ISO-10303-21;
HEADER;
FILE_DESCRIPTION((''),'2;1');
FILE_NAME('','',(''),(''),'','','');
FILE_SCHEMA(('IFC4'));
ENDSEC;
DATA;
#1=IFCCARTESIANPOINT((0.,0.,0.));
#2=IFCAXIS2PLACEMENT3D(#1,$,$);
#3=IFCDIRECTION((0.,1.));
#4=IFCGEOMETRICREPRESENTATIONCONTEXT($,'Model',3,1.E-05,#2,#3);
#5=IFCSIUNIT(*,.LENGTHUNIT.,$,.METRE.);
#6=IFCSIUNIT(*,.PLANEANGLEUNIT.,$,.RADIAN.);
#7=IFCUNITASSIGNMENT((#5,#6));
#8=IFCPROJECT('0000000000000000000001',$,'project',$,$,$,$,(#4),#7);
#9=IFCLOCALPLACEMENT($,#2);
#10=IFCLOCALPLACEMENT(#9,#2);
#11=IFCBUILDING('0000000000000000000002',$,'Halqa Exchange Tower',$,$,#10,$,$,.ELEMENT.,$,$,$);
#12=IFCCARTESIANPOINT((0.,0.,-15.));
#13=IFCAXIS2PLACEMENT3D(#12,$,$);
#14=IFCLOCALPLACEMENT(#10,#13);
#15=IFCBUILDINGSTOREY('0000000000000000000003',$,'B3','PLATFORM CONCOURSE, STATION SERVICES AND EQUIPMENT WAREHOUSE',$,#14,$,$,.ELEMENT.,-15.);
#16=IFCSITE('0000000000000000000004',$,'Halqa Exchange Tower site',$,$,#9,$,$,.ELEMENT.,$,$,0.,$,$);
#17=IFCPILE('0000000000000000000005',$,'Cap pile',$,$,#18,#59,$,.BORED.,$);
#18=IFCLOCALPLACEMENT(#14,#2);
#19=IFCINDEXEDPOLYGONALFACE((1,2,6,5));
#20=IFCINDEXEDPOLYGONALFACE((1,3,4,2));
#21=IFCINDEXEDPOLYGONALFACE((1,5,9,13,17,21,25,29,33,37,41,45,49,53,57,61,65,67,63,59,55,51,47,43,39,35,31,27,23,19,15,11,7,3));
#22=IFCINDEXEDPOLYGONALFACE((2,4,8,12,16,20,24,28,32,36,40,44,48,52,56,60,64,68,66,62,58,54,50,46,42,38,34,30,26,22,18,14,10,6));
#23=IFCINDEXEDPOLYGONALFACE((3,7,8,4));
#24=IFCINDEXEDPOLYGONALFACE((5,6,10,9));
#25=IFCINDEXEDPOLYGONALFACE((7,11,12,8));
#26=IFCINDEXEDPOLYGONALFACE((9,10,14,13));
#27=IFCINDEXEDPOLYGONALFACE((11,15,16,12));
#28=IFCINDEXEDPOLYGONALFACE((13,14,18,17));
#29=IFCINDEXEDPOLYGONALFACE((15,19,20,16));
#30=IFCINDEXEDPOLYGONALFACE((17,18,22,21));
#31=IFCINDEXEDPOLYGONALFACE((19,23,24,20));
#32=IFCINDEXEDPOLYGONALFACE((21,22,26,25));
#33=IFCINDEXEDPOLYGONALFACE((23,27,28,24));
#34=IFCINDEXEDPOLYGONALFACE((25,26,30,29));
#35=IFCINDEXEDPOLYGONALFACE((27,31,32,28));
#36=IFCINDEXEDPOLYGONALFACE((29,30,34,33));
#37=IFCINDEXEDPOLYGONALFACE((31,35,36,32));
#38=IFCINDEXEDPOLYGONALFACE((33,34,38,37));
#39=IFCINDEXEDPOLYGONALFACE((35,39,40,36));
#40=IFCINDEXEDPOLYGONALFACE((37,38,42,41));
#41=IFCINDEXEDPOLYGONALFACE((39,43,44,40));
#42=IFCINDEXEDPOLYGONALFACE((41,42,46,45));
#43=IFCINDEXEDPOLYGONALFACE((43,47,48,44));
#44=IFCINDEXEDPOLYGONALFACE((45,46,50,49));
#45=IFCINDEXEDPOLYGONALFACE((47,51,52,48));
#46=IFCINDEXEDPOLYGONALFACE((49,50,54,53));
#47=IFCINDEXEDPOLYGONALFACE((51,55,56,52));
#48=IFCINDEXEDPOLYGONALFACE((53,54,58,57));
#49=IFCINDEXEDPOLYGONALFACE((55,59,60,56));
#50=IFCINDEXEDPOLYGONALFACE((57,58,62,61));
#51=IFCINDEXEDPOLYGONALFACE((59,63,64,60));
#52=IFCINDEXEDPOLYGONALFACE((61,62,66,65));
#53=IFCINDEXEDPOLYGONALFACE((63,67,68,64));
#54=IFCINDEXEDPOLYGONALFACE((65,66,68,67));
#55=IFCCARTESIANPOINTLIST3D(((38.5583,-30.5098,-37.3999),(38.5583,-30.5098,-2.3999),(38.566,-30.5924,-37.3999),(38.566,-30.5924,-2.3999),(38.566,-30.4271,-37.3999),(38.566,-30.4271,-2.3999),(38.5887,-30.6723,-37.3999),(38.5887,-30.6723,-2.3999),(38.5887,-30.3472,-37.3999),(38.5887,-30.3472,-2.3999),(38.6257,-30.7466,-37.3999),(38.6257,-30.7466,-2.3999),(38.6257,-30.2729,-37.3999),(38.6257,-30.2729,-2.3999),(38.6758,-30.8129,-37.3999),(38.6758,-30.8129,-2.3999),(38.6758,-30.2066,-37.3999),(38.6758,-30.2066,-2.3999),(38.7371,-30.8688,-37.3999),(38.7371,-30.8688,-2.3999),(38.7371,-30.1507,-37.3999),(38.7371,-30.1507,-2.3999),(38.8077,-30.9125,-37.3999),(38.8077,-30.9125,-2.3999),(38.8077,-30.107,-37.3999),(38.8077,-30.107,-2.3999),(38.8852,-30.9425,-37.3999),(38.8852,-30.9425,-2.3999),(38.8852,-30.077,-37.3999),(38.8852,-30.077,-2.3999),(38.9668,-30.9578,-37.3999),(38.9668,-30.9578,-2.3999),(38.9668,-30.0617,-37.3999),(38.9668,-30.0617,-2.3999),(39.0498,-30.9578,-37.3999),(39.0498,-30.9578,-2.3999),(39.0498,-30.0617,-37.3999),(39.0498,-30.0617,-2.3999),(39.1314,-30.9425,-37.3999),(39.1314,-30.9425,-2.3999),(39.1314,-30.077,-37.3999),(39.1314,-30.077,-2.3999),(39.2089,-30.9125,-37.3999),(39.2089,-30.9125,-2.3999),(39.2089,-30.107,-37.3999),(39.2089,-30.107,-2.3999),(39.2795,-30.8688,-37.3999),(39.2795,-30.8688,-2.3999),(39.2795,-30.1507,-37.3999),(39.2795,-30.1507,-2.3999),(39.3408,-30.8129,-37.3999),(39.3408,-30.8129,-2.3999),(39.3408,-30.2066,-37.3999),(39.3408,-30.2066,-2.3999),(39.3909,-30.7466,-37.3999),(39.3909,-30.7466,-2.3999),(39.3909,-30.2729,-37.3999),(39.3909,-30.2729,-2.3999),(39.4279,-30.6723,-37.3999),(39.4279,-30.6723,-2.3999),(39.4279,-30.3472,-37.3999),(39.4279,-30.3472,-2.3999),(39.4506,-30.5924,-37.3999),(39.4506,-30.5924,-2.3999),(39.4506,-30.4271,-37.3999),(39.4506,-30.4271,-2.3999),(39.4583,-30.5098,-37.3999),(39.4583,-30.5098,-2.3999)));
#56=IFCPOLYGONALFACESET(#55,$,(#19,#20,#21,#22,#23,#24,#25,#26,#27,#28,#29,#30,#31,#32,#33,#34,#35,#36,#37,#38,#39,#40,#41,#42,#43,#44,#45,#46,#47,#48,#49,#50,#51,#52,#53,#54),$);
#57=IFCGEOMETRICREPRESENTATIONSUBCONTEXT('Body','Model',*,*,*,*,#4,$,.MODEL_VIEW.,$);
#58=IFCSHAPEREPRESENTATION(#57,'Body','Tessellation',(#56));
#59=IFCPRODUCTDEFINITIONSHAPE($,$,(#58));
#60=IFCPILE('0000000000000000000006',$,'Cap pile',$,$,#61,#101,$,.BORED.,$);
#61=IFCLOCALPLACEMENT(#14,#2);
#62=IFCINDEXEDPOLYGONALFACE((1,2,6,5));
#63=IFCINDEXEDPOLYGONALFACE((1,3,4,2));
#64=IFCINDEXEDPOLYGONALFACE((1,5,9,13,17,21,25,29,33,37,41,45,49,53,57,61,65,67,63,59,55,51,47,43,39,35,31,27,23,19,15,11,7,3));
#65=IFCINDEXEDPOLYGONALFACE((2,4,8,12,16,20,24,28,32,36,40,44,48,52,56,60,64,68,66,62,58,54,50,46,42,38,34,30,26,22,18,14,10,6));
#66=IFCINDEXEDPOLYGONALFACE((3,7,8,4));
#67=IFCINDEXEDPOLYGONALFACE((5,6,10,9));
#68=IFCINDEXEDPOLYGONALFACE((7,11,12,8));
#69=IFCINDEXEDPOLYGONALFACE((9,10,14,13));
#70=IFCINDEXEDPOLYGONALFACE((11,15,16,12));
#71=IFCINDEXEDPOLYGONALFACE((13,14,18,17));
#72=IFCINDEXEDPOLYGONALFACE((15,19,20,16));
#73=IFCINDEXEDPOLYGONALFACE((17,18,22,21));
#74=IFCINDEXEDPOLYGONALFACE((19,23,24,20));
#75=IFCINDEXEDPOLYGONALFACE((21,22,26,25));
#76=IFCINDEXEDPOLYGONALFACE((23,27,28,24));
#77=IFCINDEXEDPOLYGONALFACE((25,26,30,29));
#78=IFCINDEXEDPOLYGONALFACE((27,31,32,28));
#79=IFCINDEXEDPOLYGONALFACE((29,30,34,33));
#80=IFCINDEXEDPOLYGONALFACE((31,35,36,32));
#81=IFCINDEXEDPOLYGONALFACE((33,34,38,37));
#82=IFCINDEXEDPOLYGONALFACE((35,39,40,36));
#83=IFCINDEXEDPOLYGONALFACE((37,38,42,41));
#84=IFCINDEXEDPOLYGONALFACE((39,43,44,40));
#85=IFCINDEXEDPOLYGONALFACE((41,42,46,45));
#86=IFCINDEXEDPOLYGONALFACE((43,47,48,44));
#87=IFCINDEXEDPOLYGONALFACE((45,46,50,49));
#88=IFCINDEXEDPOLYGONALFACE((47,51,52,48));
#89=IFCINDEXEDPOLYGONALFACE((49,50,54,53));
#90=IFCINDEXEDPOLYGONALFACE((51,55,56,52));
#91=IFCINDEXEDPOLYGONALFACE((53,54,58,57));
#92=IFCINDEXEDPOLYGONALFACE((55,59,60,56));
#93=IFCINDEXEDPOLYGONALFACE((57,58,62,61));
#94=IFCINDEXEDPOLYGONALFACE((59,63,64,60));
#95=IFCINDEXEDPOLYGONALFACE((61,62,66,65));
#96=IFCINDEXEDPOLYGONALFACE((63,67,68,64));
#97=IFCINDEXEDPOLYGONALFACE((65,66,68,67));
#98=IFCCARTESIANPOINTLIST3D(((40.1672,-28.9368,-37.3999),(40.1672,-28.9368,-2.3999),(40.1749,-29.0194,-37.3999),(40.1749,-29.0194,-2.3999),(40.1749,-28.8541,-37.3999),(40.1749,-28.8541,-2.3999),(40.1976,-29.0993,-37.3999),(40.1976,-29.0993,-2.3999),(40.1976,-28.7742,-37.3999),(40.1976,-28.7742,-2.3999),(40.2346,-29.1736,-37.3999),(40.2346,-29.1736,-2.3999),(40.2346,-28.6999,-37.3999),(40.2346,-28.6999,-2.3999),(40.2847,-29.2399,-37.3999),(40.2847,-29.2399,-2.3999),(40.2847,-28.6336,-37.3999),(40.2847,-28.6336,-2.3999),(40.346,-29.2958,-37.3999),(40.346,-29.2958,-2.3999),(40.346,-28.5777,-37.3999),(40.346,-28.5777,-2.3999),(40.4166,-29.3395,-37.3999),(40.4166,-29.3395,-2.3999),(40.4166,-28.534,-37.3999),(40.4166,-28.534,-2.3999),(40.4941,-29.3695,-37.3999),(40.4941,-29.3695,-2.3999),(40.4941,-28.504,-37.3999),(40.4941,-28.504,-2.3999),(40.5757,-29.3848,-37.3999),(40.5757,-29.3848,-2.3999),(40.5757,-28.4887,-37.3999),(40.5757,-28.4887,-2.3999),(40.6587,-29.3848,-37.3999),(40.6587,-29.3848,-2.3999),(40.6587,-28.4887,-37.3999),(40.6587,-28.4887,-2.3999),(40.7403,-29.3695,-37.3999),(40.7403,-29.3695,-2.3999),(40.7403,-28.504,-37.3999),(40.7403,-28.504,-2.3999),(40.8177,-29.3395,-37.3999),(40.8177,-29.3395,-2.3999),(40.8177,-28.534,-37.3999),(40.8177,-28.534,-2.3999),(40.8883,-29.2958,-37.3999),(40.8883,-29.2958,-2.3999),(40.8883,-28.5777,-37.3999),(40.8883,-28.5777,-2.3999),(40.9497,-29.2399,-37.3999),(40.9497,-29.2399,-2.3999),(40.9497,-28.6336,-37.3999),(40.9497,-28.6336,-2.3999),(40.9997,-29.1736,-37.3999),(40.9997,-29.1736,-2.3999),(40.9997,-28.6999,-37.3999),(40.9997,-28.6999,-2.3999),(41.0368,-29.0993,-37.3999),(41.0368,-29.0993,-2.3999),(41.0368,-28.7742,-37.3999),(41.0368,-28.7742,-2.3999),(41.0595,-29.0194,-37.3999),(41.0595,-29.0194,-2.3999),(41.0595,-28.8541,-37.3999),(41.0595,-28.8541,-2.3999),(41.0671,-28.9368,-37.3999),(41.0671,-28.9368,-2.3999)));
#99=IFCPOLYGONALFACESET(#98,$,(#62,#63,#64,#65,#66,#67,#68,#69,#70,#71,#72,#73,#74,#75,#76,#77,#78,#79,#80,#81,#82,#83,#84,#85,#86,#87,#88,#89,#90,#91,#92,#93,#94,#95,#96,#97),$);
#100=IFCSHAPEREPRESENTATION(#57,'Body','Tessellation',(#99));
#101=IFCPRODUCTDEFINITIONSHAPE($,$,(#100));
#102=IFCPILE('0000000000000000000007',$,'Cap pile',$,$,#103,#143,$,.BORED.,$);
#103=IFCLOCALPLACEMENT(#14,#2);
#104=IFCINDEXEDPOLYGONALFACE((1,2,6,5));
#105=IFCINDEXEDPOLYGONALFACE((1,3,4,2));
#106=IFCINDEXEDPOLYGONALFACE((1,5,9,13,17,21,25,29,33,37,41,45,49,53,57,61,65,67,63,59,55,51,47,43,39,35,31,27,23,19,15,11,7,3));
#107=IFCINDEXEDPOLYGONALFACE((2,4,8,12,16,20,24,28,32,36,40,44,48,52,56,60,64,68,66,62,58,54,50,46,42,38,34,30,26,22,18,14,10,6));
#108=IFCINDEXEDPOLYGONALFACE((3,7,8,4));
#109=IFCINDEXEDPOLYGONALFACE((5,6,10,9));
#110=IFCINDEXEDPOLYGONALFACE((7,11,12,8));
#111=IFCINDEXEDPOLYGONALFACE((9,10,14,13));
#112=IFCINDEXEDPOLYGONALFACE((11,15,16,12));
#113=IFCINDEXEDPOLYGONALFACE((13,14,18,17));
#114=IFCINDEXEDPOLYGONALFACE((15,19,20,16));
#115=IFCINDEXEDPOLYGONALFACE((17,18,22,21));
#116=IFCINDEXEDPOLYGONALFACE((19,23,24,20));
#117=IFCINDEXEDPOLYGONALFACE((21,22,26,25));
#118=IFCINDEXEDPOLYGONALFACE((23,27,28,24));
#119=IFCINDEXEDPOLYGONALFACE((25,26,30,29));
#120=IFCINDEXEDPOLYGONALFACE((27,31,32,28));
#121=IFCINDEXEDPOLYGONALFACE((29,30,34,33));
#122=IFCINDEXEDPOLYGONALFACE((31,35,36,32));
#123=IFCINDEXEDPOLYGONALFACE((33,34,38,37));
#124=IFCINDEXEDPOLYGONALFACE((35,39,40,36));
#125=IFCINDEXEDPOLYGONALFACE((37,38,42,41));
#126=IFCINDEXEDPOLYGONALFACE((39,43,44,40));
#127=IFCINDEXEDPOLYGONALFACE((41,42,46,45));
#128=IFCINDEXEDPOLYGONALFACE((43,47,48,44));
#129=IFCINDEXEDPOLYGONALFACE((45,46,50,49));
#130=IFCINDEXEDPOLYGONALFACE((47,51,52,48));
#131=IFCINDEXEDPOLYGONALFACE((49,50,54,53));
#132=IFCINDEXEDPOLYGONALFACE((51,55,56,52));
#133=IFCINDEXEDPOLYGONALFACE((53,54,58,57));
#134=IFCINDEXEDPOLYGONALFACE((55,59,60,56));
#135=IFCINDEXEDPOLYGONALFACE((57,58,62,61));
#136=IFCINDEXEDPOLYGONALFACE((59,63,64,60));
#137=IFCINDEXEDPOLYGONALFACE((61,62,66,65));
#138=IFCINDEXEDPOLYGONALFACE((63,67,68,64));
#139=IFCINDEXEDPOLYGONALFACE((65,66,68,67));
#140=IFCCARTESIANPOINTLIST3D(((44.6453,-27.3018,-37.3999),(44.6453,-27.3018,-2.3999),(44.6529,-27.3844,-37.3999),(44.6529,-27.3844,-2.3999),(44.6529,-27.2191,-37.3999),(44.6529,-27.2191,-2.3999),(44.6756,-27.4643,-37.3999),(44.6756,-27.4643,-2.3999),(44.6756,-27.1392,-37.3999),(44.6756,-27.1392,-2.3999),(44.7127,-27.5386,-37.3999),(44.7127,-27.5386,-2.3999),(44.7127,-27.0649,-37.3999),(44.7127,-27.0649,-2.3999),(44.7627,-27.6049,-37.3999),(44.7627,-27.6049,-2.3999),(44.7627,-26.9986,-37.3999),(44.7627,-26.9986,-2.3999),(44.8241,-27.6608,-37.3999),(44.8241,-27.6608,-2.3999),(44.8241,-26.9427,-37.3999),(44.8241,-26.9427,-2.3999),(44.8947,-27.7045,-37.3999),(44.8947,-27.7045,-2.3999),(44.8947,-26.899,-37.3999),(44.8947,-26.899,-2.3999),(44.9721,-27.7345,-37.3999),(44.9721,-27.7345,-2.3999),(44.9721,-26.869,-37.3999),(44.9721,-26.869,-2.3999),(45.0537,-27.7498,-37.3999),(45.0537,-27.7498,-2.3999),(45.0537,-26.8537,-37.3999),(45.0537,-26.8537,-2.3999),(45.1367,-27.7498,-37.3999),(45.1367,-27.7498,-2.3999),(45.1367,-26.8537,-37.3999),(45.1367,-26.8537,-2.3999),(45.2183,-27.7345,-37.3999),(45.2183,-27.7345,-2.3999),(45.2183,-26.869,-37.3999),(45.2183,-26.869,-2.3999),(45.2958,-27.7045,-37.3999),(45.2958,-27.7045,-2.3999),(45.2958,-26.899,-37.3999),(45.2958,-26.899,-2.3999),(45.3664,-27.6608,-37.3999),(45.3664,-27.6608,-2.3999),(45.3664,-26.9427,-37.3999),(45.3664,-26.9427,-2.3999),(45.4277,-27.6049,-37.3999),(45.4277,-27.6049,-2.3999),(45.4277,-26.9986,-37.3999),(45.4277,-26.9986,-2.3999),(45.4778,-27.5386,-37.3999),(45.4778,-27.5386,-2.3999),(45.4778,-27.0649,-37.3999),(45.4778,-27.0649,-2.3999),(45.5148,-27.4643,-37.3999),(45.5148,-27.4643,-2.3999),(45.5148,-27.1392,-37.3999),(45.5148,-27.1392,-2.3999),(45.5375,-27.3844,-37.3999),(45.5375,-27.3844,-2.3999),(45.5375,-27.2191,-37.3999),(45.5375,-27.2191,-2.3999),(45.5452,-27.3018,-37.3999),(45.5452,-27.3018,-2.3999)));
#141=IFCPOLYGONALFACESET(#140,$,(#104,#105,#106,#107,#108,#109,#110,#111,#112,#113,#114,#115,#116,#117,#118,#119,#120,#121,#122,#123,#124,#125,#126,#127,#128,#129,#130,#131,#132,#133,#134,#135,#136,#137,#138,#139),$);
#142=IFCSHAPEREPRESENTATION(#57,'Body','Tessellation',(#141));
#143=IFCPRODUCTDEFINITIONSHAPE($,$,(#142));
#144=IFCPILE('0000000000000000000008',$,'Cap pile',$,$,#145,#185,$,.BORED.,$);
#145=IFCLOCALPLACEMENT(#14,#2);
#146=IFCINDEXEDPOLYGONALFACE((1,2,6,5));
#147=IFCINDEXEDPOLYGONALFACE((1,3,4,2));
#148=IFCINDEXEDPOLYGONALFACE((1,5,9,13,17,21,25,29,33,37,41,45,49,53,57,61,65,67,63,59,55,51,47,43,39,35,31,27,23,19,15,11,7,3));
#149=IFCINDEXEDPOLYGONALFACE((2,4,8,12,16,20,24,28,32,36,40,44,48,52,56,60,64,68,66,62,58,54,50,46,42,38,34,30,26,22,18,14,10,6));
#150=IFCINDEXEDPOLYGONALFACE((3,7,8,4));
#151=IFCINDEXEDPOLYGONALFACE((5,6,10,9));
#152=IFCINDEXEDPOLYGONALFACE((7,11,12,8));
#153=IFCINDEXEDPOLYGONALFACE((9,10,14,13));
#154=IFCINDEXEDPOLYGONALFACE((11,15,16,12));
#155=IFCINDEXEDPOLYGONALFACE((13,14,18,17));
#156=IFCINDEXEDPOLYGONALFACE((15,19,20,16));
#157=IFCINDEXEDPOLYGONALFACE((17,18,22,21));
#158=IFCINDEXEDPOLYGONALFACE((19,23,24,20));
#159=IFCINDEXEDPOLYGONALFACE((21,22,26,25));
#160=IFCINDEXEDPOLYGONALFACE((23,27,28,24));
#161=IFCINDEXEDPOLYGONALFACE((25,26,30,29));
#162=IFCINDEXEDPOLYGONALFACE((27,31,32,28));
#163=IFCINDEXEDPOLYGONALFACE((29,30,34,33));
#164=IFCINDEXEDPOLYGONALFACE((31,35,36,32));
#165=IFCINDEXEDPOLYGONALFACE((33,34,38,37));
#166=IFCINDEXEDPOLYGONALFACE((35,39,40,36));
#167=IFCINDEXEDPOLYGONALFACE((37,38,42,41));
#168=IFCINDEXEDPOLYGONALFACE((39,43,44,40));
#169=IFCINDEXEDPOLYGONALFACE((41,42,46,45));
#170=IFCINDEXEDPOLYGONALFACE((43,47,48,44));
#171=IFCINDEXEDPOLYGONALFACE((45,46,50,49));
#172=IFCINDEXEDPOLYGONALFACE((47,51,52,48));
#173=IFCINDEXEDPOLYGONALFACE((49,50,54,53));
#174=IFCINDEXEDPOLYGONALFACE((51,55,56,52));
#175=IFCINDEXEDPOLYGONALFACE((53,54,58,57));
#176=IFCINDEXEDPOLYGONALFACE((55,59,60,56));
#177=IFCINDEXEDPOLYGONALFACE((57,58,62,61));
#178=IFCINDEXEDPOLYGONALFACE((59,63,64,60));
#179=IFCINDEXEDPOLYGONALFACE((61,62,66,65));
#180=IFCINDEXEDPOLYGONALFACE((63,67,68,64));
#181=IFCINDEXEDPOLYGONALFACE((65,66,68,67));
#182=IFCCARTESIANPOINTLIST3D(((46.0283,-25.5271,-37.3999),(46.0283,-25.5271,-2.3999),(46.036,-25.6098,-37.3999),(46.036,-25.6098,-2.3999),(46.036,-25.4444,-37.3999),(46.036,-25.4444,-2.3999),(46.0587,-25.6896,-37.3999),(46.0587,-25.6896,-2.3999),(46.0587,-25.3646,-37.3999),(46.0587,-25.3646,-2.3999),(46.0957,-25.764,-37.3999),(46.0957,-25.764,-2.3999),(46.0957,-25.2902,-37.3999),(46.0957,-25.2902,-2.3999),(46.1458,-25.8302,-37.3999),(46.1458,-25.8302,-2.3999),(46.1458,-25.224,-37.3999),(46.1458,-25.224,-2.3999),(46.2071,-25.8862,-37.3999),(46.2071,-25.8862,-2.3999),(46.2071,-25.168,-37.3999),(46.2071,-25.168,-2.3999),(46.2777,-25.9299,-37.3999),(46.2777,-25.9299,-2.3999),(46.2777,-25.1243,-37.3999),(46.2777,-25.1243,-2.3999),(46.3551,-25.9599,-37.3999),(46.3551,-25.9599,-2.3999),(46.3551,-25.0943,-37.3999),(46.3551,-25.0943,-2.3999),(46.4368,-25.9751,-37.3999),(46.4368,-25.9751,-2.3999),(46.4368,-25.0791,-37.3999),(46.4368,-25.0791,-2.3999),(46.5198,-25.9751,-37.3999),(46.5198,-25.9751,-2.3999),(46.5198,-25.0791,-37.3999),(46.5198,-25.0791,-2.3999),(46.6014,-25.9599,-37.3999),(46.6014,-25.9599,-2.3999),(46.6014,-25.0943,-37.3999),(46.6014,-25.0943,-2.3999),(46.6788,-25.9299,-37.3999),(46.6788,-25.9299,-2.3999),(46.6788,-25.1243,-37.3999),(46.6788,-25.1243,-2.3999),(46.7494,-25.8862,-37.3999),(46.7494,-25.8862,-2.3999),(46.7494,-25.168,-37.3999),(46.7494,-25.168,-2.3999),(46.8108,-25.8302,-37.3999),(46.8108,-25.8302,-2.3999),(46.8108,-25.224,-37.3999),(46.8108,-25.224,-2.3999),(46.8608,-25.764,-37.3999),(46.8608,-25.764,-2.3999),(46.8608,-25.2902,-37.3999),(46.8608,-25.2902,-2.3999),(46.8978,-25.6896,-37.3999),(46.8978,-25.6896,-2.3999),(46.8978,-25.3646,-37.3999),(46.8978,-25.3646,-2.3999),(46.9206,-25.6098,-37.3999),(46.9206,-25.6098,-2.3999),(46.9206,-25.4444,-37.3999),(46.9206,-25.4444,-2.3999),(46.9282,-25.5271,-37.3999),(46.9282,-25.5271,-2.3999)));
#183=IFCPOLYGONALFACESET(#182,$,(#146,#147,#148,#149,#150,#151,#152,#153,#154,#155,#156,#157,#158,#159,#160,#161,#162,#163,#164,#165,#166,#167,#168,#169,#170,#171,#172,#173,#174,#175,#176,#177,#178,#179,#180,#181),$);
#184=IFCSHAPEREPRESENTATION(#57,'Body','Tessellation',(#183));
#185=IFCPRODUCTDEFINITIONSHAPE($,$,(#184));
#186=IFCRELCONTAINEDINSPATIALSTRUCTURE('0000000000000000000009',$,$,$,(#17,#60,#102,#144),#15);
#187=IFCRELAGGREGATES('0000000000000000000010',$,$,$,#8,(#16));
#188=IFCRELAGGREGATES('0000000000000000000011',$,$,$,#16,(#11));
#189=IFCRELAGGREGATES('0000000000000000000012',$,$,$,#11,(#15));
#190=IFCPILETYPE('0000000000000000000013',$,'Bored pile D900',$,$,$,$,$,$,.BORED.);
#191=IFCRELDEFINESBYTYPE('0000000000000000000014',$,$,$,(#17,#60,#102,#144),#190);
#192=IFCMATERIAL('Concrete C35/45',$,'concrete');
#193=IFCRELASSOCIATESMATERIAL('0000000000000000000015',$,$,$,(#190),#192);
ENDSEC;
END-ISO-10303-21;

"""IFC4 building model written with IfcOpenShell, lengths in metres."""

from ifc_helpers import new_model, si_unit, direction, frame, origin, origin_2d, place, context, subcontext, project, spatial, circle, extrude, material, material_profile, profile_set, type_object, element, save


model = new_model("IFC4")

# Units and contexts
model_context = context("Model", 3, precision=1e-05, world=origin(), true_north=direction((0.0, 1.0)))
body_context = subcontext(model_context, "Body", "Model", "MODEL_VIEW")
ifc_project = project(units=[si_unit("LENGTHUNIT", "METRE"), si_unit("PLANEANGLEUNIT", "RADIAN")], contexts=[model_context])

# Site, building, storey
site_placement = place(None, origin())
site = spatial("IfcSite", under=ifc_project, at=site_placement, Name="Halqa Exchange Tower site", CompositionType="ELEMENT", RefElevation=0.0)
building_placement = place(site_placement, origin())
building = spatial("IfcBuilding", under=site, at=building_placement, Name="Halqa Exchange Tower", CompositionType="ELEMENT")
storey_placement = place(building_placement, frame((0.0, 0.0, -15.0)))
storey = spatial("IfcBuildingStorey", under=building, at=storey_placement, Name="B3", Description="PLATFORM CONCOURSE, STATION SERVICES AND EQUIPMENT WAREHOUSE", CompositionType="ELEMENT", Elevation=-15.0)

# Piles
ifc_material_1 = material(Name="Concrete C35/45", Category="concrete")
ifc_material_profile_1 = material_profile(ifc_material_1, circle(Radius=0.45, at=origin_2d()), Name="D900")
ifc_profile_set_1 = profile_set([ifc_material_profile_1], Name="Concrete C35/45")
pile_type = type_object("IfcPileType", Name="Bored pile D900", PredefinedType="BORED", material=ifc_profile_set_1)
for number, where, z_axis, x_axis, name in (
    (1, (39.0083, -30.5098, -2.3999), (0.0, 0.0, -1.0), (1.0, 0.0, 0.0), "Cap pile"),
    (2, (40.6172, -28.9368, -2.3999), (0.0, 0.0, -1.0), (1.0, 0.0, 0.0), "Cap pile"),
    (3, (45.0952, -27.3018, -2.3999), (0.0, 0.0, -1.0), (1.0, 0.0, 0.0), "Cap pile"),
    (4, (46.4783, -25.5271, -2.3999), (0.0, 0.0, -1.0), (1.0, 0.0, 0.0), "Cap pile"),
):
    element("IfcPile", number, at=place(storey_placement, frame(where, z_axis=z_axis, x_axis=x_axis)), inside=storey, type_object=pile_type, Name=name, PredefinedType="BORED", context=body_context, shape_type="SweptSolid", body=[
        extrude(circle(Radius=0.45, at=origin_2d()), origin(), (0.0, 0.0, 1.0), 35.0),
    ])

save(model, "model.ifc")
